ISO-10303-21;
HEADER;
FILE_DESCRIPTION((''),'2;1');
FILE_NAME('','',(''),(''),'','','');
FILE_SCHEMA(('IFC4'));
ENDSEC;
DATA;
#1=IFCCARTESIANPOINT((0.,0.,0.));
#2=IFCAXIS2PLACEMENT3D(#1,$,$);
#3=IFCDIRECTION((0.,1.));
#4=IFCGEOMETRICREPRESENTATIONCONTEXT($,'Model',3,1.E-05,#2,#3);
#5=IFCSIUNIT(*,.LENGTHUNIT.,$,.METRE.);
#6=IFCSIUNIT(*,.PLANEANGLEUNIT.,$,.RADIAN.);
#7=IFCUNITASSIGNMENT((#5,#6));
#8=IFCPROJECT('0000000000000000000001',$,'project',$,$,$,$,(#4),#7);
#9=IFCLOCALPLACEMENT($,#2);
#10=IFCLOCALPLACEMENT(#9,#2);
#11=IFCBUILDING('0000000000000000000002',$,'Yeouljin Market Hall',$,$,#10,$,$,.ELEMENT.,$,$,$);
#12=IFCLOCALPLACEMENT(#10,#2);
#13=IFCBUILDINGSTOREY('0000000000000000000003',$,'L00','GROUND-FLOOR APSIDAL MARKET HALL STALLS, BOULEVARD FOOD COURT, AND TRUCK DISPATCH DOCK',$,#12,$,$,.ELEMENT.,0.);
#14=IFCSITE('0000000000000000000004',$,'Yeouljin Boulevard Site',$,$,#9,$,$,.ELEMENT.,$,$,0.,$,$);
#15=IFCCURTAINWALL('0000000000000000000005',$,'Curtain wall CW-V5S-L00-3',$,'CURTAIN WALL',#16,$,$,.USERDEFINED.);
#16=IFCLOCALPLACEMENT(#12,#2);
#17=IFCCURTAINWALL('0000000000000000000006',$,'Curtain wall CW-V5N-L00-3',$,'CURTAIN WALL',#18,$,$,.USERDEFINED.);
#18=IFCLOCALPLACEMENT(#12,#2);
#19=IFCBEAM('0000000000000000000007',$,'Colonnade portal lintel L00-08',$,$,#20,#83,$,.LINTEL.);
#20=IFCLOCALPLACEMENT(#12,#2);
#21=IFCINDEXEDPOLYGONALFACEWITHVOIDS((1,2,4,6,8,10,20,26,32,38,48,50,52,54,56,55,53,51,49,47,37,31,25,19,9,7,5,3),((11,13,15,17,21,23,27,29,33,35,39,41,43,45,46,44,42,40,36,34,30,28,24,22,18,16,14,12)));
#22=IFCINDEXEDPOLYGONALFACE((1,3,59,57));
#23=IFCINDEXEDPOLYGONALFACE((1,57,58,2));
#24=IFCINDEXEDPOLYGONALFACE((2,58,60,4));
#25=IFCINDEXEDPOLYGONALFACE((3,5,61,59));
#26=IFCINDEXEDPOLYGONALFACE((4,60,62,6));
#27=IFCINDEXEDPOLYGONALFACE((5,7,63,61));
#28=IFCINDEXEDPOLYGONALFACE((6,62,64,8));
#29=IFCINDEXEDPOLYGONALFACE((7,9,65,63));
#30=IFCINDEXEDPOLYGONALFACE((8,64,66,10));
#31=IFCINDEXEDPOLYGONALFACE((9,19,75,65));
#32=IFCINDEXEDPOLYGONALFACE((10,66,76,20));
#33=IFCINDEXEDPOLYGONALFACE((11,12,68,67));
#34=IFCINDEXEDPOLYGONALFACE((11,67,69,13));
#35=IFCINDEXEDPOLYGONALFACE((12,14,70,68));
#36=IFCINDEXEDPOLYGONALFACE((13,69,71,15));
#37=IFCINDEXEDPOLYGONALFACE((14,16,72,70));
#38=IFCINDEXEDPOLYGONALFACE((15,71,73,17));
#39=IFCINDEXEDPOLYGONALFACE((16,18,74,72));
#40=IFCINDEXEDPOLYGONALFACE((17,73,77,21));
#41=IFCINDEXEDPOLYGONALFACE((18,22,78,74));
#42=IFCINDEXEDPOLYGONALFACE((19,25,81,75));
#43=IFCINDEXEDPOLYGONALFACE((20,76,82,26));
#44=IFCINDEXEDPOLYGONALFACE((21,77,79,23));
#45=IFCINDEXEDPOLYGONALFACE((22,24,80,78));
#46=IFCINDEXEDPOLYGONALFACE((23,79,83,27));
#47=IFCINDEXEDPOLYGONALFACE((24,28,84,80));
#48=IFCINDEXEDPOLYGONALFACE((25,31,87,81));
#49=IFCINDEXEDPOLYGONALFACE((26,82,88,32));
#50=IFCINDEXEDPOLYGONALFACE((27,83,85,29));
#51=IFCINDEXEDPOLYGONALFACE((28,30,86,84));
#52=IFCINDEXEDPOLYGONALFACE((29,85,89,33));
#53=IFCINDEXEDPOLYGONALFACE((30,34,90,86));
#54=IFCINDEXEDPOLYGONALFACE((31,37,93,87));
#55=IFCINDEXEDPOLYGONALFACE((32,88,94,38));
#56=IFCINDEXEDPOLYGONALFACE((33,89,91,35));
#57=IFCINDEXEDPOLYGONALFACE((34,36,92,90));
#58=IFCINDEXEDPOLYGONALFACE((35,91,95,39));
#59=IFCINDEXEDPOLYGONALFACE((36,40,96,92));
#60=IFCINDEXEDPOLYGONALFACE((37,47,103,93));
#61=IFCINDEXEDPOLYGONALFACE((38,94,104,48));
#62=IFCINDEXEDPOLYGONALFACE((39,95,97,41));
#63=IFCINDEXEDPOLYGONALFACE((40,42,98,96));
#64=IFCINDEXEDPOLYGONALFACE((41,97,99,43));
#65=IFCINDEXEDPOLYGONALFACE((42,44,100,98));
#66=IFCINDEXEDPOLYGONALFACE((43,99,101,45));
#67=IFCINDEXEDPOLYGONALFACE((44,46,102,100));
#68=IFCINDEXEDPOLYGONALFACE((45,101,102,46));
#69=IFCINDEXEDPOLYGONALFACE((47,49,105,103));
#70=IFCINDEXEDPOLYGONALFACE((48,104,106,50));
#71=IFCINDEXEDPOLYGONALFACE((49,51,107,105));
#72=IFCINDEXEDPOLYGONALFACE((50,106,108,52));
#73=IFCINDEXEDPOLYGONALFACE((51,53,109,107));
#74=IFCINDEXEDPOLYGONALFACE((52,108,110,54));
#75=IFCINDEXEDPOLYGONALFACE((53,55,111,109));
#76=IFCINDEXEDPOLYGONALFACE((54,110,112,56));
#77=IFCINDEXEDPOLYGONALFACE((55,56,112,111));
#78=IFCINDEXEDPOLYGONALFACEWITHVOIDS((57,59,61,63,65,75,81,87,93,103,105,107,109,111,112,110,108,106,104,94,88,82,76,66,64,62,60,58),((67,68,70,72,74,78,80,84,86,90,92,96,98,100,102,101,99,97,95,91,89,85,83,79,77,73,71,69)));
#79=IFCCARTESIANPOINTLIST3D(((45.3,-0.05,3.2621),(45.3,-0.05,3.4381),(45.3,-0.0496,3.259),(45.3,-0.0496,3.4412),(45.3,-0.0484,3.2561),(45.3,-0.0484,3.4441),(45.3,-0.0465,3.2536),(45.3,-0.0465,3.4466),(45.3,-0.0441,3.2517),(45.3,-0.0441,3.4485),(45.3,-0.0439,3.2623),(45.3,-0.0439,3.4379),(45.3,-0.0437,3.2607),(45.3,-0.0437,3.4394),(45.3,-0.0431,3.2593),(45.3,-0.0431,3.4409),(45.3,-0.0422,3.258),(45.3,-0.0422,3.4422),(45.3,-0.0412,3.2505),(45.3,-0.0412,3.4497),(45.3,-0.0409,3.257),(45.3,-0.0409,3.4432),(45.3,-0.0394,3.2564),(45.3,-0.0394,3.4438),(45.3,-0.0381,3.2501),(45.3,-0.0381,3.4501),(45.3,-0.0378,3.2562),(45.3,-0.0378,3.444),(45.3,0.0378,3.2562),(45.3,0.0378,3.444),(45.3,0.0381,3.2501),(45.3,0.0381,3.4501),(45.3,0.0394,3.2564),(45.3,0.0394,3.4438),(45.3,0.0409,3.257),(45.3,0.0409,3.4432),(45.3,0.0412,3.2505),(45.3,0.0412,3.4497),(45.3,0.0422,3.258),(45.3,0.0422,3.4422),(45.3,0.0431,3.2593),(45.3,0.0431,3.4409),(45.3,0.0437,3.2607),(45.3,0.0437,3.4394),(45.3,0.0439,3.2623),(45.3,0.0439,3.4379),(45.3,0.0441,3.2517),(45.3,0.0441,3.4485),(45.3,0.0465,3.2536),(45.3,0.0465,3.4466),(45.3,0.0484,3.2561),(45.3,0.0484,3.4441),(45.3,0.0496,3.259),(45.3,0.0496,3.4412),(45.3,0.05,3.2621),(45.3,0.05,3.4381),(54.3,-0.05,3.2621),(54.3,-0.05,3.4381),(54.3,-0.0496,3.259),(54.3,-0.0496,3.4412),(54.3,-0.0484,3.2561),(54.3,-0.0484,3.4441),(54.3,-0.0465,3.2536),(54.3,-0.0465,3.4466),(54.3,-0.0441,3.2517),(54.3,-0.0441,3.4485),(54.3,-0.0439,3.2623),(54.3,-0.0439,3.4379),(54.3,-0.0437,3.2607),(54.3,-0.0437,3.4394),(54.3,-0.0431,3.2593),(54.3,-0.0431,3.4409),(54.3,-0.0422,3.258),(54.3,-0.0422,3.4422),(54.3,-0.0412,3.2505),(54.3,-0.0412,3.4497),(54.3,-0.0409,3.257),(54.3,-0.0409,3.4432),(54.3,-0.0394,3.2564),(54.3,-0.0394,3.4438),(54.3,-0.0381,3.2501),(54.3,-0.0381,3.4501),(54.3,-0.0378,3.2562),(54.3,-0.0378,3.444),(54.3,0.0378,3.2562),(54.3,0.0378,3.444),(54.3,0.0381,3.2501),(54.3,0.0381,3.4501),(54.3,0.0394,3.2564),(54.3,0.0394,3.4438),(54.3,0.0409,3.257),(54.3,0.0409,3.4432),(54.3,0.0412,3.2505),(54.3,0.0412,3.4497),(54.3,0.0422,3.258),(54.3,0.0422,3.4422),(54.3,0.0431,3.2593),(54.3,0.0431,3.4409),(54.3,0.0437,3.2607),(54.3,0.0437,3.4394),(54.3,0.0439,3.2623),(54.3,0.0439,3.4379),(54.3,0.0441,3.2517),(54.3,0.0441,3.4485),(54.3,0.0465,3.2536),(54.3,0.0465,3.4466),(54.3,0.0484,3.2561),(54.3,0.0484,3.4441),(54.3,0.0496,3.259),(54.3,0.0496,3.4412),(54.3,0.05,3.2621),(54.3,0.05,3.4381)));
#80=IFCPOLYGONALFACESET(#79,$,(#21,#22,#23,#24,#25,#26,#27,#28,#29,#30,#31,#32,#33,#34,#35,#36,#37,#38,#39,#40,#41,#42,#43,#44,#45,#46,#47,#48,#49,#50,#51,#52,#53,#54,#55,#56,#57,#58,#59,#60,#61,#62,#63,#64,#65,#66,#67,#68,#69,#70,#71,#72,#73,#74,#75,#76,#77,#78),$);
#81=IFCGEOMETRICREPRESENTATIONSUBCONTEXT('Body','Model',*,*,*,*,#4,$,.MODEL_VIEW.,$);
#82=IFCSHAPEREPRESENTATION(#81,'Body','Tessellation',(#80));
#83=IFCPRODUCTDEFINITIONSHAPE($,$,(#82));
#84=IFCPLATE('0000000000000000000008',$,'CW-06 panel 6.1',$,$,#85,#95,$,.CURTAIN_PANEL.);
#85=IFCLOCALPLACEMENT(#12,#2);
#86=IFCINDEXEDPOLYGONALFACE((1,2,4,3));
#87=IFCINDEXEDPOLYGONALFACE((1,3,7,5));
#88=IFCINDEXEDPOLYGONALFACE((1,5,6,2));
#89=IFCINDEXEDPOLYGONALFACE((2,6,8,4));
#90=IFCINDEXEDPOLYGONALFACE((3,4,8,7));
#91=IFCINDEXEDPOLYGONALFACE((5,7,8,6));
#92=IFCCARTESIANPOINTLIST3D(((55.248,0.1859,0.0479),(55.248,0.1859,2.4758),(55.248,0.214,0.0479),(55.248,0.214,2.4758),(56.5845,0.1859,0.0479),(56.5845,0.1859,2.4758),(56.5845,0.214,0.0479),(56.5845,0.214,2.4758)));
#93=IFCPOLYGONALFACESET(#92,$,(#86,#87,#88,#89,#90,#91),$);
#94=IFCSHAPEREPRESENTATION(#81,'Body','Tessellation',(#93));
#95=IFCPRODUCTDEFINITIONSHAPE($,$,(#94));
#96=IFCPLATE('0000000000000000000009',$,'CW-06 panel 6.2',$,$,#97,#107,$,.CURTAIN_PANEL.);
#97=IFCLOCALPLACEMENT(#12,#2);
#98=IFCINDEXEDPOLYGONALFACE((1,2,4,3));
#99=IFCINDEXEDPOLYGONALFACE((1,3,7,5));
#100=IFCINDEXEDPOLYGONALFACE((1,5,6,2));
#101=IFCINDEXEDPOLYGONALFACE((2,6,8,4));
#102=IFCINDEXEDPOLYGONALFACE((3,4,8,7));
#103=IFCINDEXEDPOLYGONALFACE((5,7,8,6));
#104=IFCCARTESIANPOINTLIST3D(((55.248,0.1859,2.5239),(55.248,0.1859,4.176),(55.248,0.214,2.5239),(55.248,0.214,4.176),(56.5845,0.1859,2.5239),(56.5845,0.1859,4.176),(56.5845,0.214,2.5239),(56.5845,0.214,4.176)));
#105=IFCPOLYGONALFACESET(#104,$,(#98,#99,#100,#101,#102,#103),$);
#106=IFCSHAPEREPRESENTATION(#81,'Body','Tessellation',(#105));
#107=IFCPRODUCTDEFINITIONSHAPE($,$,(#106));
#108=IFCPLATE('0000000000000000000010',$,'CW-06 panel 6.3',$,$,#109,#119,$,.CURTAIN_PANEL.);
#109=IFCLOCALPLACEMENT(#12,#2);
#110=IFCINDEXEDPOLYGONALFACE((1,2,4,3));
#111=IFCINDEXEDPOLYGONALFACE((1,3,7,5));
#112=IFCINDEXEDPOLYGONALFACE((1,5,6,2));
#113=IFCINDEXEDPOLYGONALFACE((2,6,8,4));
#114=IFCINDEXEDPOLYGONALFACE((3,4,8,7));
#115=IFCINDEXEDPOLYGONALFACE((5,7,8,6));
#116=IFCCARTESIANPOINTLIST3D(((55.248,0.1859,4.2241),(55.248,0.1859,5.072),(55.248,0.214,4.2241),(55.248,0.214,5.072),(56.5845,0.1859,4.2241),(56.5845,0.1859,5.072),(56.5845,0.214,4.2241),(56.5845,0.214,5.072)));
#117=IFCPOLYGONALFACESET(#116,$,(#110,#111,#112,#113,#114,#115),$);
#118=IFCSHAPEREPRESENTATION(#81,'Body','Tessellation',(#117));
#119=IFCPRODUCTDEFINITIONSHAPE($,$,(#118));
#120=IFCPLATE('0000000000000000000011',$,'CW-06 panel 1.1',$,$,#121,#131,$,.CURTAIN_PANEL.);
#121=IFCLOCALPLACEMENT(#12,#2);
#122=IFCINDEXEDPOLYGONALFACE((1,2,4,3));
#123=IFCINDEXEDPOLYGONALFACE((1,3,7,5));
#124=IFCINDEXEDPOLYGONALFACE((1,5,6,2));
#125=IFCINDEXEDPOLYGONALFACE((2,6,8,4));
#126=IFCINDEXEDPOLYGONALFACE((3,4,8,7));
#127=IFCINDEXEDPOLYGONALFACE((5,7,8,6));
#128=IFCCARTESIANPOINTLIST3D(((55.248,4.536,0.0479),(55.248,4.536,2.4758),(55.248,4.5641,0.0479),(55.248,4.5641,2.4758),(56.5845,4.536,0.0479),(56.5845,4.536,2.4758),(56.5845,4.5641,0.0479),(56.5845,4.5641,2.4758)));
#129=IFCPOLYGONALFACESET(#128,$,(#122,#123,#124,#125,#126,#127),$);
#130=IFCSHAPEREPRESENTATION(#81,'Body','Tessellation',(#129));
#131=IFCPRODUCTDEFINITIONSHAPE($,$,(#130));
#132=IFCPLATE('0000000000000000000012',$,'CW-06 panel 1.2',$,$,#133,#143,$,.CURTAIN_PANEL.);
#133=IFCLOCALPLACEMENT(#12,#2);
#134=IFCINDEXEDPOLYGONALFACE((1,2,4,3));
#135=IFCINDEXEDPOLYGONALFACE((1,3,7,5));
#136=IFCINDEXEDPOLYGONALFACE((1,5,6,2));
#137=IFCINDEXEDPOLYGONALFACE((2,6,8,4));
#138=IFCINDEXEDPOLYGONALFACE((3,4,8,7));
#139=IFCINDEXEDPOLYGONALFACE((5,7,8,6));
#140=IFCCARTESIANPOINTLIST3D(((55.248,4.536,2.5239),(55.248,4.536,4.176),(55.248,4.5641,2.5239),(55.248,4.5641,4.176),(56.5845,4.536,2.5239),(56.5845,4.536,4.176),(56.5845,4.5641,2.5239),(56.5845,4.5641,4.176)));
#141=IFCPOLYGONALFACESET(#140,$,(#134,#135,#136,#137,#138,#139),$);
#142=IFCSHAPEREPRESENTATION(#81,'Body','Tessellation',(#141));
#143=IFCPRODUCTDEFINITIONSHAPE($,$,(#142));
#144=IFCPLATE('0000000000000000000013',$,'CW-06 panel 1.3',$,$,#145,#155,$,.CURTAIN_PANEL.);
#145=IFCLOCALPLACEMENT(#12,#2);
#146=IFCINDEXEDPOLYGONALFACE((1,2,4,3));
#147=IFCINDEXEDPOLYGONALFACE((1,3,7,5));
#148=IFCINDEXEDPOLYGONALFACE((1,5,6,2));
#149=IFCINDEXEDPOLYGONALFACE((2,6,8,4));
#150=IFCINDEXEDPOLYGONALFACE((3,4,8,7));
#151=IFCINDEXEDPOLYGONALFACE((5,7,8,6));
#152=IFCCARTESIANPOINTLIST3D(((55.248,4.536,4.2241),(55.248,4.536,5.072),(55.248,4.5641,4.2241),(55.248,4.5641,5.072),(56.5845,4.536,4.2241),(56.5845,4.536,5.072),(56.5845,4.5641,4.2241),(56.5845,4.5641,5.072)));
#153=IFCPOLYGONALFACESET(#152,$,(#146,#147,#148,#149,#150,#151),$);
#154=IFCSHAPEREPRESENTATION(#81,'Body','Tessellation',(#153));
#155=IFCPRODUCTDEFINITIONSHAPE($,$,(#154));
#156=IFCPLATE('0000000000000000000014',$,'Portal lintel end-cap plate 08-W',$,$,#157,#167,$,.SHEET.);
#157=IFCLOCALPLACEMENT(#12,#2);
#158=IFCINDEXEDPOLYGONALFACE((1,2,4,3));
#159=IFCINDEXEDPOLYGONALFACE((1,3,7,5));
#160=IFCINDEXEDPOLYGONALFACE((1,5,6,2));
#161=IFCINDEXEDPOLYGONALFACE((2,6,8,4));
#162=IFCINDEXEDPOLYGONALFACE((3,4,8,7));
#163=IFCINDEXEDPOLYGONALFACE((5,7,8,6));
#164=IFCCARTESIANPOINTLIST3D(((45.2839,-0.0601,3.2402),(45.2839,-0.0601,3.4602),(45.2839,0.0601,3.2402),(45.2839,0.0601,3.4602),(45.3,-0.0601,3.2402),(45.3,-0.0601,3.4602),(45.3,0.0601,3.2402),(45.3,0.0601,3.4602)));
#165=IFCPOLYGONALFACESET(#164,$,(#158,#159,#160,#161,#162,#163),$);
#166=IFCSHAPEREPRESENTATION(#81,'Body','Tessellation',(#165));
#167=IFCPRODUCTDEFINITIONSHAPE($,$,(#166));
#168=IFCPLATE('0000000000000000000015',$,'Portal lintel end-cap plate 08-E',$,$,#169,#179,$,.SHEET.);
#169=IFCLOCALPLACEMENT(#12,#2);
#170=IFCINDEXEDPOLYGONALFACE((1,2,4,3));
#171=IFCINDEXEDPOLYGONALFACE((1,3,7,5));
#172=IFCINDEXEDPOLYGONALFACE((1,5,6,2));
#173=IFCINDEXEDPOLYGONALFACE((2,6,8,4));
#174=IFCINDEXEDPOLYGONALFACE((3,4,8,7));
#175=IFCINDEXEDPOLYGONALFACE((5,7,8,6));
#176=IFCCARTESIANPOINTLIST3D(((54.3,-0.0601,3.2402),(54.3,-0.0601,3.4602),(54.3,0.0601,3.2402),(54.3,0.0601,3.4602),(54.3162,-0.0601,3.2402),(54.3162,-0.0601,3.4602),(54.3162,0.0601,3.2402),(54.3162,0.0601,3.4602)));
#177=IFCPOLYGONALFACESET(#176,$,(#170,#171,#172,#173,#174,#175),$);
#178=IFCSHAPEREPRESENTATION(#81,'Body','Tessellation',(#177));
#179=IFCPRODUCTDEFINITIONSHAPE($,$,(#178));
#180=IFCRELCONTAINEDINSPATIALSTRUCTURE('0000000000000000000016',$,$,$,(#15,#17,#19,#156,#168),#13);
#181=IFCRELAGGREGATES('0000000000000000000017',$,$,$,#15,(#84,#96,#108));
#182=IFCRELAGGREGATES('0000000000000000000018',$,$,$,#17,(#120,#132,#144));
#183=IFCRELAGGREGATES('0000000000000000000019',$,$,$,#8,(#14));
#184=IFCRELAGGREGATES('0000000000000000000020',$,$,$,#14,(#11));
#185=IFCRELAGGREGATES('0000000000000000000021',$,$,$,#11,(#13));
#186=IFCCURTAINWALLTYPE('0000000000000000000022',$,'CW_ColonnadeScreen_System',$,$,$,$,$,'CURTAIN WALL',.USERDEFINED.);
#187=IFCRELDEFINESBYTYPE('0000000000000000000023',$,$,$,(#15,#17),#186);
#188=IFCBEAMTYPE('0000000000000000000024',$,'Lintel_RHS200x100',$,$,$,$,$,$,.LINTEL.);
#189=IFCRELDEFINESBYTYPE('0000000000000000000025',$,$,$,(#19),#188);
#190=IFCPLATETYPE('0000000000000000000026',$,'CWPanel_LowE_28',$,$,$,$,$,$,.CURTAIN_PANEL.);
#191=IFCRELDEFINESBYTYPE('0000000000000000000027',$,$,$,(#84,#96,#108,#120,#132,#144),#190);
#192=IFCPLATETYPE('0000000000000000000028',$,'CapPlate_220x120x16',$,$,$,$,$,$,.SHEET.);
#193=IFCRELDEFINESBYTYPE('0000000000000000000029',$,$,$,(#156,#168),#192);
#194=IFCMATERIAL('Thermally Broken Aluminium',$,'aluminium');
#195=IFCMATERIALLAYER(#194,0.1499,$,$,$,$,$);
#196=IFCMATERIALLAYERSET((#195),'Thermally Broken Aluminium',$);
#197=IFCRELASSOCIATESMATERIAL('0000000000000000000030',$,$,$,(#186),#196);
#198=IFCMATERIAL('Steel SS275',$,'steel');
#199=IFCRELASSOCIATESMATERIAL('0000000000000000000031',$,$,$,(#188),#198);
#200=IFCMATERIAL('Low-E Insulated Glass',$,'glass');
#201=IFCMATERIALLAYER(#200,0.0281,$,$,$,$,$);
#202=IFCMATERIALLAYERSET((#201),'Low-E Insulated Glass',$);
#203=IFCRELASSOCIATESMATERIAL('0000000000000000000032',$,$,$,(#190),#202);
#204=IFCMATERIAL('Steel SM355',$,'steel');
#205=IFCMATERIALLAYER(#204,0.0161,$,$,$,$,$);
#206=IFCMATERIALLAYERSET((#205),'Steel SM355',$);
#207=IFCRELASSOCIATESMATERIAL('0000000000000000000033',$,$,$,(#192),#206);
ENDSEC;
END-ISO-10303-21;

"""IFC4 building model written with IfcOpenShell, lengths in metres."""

from ifc_helpers import new_model, si_unit, direction, frame, origin, origin_2d, place, context, subcontext, project, spatial, rectangle, hollow_rectangle, extrude, material, layer, layer_set, material_profile, profile_set, type_object, element, aggregate, save


model = new_model("IFC4")

# Units and contexts
model_context = context("Model", 3, precision=1e-05, world=origin(), true_north=direction((0.0, 1.0)))
body_context = subcontext(model_context, "Body", "Model", "MODEL_VIEW")
ifc_project = project(units=[si_unit("LENGTHUNIT", "METRE"), si_unit("PLANEANGLEUNIT", "RADIAN")], contexts=[model_context])

# Site, building, storey
site_placement = place(None, origin())
site = spatial("IfcSite", under=ifc_project, at=site_placement, Name="Yeouljin Boulevard Site", CompositionType="ELEMENT", RefElevation=0.0)
building_placement = place(site_placement, origin())
building = spatial("IfcBuilding", under=site, at=building_placement, Name="Yeouljin Market Hall", CompositionType="ELEMENT")
storey_placement = place(building_placement, origin())
storey = spatial("IfcBuildingStorey", under=building, at=storey_placement, Name="L00", Description="GROUND-FLOOR APSIDAL MARKET HALL STALLS, BOULEVARD FOOD COURT, AND TRUCK DISPATCH DOCK", CompositionType="ELEMENT", Elevation=0.0)

# Shared definitions
ifc_material_1 = material(Name="Thermally Broken Aluminium", Category="aluminium")
ifc_layer_1 = layer(ifc_material_1, 0.1499)
ifc_layer_set_1 = layer_set([ifc_layer_1], Name="Thermally Broken Aluminium")
curtain_wall_type = type_object("IfcCurtainWallType", Name="CW_ColonnadeScreen_System", ElementType="CURTAIN WALL", PredefinedType="USERDEFINED", material=ifc_layer_set_1)

# Curtain walls
curtain_wall_1_placement = place(storey_placement, origin())
curtain_wall_1 = element("IfcCurtainWall", 1, at=curtain_wall_1_placement, inside=storey, type_object=curtain_wall_type, Name="Curtain wall CW-V5S-L00-3", ObjectType="CURTAIN WALL", PredefinedType="USERDEFINED")
curtain_wall_2_placement = place(storey_placement, origin())
curtain_wall_2 = element("IfcCurtainWall", 2, at=curtain_wall_2_placement, inside=storey, type_object=curtain_wall_type, Name="Curtain wall CW-V5N-L00-3", ObjectType="CURTAIN WALL", PredefinedType="USERDEFINED")

# Beam
ifc_material_2 = material(Name="Steel SS275", Category="steel")
ifc_material_profile_1 = material_profile(ifc_material_2, hollow_rectangle(XDim=0.1001, YDim=0.2, WallThickness=0.0061, InnerFilletRadius=0.0061, OuterFilletRadius=0.012, at=origin_2d()), Name="RHS-200x100x6")
ifc_profile_set_1 = profile_set([ifc_material_profile_1], Name="Steel SS275")
beam_type_1 = type_object("IfcBeamType", Name="Lintel_RHS200x100", PredefinedType="LINTEL", material=ifc_profile_set_1)
beam_1_placement = place(storey_placement, frame((45.3, 0.0, 3.3501), z_axis=(1.0, 0.0, 0.0), x_axis=(0.0, 1.0, 0.0)))
element("IfcBeam", 3, at=beam_1_placement, inside=storey, type_object=beam_type_1, Name="Colonnade portal lintel L00-08", PredefinedType="LINTEL", context=body_context, shape_type="SweptSolid", body=[
    extrude(hollow_rectangle(XDim=0.1001, YDim=0.2, WallThickness=0.0061, InnerFilletRadius=0.0061, OuterFilletRadius=0.012, at=origin_2d()), origin(), (0.0, 0.0, 1.0), 9.0),
])

# Plates
ifc_material_3 = material(Name="Low-E Insulated Glass", Category="glass")
ifc_layer_2 = layer(ifc_material_3, 0.0281)
ifc_layer_set_2 = layer_set([ifc_layer_2], Name="Low-E Insulated Glass")
plate_type_1 = type_object("IfcPlateType", Name="CWPanel_LowE_28", PredefinedType="CURTAIN_PANEL", material=ifc_layer_set_2)
plate_1_placement = place(storey_placement, frame((55.9163, 0.2, 0.0479), z_axis=(0.0, 0.0, 1.0), x_axis=(-1.0, 0.0, 0.0)))
plate_1 = element("IfcPlate", 4, at=plate_1_placement, type_object=plate_type_1, Name="CW-06 panel 6.1", PredefinedType="CURTAIN_PANEL", context=body_context, shape_type="SweptSolid", body=[
    extrude(rectangle(XDim=1.3364, YDim=0.0281, at=origin_2d()), origin(), (0.0, 0.0, 1.0), 2.428),
])
plate_2_placement = place(storey_placement, frame((55.9163, 0.2, 2.5239), z_axis=(0.0, 0.0, 1.0), x_axis=(-1.0, 0.0, 0.0)))
plate_2 = element("IfcPlate", 5, at=plate_2_placement, type_object=plate_type_1, Name="CW-06 panel 6.2", PredefinedType="CURTAIN_PANEL", context=body_context, shape_type="SweptSolid", body=[
    extrude(rectangle(XDim=1.3364, YDim=0.0281, at=origin_2d()), origin(), (0.0, 0.0, 1.0), 1.6521),
])
plate_3_placement = place(storey_placement, frame((55.9163, 0.2, 4.2241), z_axis=(0.0, 0.0, 1.0), x_axis=(-1.0, 0.0, 0.0)))
plate_3 = element("IfcPlate", 6, at=plate_3_placement, type_object=plate_type_1, Name="CW-06 panel 6.3", PredefinedType="CURTAIN_PANEL", context=body_context, shape_type="SweptSolid", body=[
    extrude(rectangle(XDim=1.3364, YDim=0.0281, at=origin_2d()), origin(), (0.0, 0.0, 1.0), 0.8479),
])
aggregate(curtain_wall_1, [plate_1, plate_2, plate_3])
plate_4_placement = place(storey_placement, frame((55.9163, 4.55, 0.0479), z_axis=(0.0, 0.0, 1.0), x_axis=(1.0, 0.0, 0.0)))
plate_4 = element("IfcPlate", 7, at=plate_4_placement, type_object=plate_type_1, Name="CW-06 panel 1.1", PredefinedType="CURTAIN_PANEL", context=body_context, shape_type="SweptSolid", body=[
    extrude(rectangle(XDim=1.3364, YDim=0.0281, at=origin_2d()), origin(), (0.0, 0.0, 1.0), 2.428),
])
plate_5_placement = place(storey_placement, frame((55.9163, 4.55, 2.5239), z_axis=(0.0, 0.0, 1.0), x_axis=(1.0, 0.0, 0.0)))
plate_5 = element("IfcPlate", 8, at=plate_5_placement, type_object=plate_type_1, Name="CW-06 panel 1.2", PredefinedType="CURTAIN_PANEL", context=body_context, shape_type="SweptSolid", body=[
    extrude(rectangle(XDim=1.3364, YDim=0.0281, at=origin_2d()), origin(), (0.0, 0.0, 1.0), 1.6521),
])
plate_6_placement = place(storey_placement, frame((55.9163, 4.55, 4.2241), z_axis=(0.0, 0.0, 1.0), x_axis=(1.0, 0.0, 0.0)))
plate_6 = element("IfcPlate", 9, at=plate_6_placement, type_object=plate_type_1, Name="CW-06 panel 1.3", PredefinedType="CURTAIN_PANEL", context=body_context, shape_type="SweptSolid", body=[
    extrude(rectangle(XDim=1.3364, YDim=0.0281, at=origin_2d()), origin(), (0.0, 0.0, 1.0), 0.8479),
])
aggregate(curtain_wall_2, [plate_4, plate_5, plate_6])

# Plates
ifc_material_4 = material(Name="Steel SM355", Category="steel")
ifc_layer_3 = layer(ifc_material_4, 0.0161)
ifc_layer_set_3 = layer_set([ifc_layer_3], Name="Steel SM355")
plate_type_2 = type_object("IfcPlateType", Name="CapPlate_220x120x16", PredefinedType="SHEET", material=ifc_layer_set_3)
for number, where, z_axis, x_axis, name in (
    (10, (45.292, 0.0, 3.2402), (0.0, 0.0, 1.0), (0.0, 1.0, 0.0), "Portal lintel end-cap plate 08-W"),
    (11, (54.3081, 0.0, 3.2402), (0.0, 0.0, 1.0), (0.0, 1.0, 0.0), "Portal lintel end-cap plate 08-E"),
):
    element("IfcPlate", number, at=place(storey_placement, frame(where, z_axis=z_axis, x_axis=x_axis)), inside=storey, type_object=plate_type_2, Name=name, PredefinedType="SHEET", context=body_context, shape_type="SweptSolid", body=[
        extrude(rectangle(XDim=0.1201, YDim=0.0161, at=origin_2d()), origin(), (0.0, 0.0, 1.0), 0.22),
    ])

save(model, "model.ifc")
